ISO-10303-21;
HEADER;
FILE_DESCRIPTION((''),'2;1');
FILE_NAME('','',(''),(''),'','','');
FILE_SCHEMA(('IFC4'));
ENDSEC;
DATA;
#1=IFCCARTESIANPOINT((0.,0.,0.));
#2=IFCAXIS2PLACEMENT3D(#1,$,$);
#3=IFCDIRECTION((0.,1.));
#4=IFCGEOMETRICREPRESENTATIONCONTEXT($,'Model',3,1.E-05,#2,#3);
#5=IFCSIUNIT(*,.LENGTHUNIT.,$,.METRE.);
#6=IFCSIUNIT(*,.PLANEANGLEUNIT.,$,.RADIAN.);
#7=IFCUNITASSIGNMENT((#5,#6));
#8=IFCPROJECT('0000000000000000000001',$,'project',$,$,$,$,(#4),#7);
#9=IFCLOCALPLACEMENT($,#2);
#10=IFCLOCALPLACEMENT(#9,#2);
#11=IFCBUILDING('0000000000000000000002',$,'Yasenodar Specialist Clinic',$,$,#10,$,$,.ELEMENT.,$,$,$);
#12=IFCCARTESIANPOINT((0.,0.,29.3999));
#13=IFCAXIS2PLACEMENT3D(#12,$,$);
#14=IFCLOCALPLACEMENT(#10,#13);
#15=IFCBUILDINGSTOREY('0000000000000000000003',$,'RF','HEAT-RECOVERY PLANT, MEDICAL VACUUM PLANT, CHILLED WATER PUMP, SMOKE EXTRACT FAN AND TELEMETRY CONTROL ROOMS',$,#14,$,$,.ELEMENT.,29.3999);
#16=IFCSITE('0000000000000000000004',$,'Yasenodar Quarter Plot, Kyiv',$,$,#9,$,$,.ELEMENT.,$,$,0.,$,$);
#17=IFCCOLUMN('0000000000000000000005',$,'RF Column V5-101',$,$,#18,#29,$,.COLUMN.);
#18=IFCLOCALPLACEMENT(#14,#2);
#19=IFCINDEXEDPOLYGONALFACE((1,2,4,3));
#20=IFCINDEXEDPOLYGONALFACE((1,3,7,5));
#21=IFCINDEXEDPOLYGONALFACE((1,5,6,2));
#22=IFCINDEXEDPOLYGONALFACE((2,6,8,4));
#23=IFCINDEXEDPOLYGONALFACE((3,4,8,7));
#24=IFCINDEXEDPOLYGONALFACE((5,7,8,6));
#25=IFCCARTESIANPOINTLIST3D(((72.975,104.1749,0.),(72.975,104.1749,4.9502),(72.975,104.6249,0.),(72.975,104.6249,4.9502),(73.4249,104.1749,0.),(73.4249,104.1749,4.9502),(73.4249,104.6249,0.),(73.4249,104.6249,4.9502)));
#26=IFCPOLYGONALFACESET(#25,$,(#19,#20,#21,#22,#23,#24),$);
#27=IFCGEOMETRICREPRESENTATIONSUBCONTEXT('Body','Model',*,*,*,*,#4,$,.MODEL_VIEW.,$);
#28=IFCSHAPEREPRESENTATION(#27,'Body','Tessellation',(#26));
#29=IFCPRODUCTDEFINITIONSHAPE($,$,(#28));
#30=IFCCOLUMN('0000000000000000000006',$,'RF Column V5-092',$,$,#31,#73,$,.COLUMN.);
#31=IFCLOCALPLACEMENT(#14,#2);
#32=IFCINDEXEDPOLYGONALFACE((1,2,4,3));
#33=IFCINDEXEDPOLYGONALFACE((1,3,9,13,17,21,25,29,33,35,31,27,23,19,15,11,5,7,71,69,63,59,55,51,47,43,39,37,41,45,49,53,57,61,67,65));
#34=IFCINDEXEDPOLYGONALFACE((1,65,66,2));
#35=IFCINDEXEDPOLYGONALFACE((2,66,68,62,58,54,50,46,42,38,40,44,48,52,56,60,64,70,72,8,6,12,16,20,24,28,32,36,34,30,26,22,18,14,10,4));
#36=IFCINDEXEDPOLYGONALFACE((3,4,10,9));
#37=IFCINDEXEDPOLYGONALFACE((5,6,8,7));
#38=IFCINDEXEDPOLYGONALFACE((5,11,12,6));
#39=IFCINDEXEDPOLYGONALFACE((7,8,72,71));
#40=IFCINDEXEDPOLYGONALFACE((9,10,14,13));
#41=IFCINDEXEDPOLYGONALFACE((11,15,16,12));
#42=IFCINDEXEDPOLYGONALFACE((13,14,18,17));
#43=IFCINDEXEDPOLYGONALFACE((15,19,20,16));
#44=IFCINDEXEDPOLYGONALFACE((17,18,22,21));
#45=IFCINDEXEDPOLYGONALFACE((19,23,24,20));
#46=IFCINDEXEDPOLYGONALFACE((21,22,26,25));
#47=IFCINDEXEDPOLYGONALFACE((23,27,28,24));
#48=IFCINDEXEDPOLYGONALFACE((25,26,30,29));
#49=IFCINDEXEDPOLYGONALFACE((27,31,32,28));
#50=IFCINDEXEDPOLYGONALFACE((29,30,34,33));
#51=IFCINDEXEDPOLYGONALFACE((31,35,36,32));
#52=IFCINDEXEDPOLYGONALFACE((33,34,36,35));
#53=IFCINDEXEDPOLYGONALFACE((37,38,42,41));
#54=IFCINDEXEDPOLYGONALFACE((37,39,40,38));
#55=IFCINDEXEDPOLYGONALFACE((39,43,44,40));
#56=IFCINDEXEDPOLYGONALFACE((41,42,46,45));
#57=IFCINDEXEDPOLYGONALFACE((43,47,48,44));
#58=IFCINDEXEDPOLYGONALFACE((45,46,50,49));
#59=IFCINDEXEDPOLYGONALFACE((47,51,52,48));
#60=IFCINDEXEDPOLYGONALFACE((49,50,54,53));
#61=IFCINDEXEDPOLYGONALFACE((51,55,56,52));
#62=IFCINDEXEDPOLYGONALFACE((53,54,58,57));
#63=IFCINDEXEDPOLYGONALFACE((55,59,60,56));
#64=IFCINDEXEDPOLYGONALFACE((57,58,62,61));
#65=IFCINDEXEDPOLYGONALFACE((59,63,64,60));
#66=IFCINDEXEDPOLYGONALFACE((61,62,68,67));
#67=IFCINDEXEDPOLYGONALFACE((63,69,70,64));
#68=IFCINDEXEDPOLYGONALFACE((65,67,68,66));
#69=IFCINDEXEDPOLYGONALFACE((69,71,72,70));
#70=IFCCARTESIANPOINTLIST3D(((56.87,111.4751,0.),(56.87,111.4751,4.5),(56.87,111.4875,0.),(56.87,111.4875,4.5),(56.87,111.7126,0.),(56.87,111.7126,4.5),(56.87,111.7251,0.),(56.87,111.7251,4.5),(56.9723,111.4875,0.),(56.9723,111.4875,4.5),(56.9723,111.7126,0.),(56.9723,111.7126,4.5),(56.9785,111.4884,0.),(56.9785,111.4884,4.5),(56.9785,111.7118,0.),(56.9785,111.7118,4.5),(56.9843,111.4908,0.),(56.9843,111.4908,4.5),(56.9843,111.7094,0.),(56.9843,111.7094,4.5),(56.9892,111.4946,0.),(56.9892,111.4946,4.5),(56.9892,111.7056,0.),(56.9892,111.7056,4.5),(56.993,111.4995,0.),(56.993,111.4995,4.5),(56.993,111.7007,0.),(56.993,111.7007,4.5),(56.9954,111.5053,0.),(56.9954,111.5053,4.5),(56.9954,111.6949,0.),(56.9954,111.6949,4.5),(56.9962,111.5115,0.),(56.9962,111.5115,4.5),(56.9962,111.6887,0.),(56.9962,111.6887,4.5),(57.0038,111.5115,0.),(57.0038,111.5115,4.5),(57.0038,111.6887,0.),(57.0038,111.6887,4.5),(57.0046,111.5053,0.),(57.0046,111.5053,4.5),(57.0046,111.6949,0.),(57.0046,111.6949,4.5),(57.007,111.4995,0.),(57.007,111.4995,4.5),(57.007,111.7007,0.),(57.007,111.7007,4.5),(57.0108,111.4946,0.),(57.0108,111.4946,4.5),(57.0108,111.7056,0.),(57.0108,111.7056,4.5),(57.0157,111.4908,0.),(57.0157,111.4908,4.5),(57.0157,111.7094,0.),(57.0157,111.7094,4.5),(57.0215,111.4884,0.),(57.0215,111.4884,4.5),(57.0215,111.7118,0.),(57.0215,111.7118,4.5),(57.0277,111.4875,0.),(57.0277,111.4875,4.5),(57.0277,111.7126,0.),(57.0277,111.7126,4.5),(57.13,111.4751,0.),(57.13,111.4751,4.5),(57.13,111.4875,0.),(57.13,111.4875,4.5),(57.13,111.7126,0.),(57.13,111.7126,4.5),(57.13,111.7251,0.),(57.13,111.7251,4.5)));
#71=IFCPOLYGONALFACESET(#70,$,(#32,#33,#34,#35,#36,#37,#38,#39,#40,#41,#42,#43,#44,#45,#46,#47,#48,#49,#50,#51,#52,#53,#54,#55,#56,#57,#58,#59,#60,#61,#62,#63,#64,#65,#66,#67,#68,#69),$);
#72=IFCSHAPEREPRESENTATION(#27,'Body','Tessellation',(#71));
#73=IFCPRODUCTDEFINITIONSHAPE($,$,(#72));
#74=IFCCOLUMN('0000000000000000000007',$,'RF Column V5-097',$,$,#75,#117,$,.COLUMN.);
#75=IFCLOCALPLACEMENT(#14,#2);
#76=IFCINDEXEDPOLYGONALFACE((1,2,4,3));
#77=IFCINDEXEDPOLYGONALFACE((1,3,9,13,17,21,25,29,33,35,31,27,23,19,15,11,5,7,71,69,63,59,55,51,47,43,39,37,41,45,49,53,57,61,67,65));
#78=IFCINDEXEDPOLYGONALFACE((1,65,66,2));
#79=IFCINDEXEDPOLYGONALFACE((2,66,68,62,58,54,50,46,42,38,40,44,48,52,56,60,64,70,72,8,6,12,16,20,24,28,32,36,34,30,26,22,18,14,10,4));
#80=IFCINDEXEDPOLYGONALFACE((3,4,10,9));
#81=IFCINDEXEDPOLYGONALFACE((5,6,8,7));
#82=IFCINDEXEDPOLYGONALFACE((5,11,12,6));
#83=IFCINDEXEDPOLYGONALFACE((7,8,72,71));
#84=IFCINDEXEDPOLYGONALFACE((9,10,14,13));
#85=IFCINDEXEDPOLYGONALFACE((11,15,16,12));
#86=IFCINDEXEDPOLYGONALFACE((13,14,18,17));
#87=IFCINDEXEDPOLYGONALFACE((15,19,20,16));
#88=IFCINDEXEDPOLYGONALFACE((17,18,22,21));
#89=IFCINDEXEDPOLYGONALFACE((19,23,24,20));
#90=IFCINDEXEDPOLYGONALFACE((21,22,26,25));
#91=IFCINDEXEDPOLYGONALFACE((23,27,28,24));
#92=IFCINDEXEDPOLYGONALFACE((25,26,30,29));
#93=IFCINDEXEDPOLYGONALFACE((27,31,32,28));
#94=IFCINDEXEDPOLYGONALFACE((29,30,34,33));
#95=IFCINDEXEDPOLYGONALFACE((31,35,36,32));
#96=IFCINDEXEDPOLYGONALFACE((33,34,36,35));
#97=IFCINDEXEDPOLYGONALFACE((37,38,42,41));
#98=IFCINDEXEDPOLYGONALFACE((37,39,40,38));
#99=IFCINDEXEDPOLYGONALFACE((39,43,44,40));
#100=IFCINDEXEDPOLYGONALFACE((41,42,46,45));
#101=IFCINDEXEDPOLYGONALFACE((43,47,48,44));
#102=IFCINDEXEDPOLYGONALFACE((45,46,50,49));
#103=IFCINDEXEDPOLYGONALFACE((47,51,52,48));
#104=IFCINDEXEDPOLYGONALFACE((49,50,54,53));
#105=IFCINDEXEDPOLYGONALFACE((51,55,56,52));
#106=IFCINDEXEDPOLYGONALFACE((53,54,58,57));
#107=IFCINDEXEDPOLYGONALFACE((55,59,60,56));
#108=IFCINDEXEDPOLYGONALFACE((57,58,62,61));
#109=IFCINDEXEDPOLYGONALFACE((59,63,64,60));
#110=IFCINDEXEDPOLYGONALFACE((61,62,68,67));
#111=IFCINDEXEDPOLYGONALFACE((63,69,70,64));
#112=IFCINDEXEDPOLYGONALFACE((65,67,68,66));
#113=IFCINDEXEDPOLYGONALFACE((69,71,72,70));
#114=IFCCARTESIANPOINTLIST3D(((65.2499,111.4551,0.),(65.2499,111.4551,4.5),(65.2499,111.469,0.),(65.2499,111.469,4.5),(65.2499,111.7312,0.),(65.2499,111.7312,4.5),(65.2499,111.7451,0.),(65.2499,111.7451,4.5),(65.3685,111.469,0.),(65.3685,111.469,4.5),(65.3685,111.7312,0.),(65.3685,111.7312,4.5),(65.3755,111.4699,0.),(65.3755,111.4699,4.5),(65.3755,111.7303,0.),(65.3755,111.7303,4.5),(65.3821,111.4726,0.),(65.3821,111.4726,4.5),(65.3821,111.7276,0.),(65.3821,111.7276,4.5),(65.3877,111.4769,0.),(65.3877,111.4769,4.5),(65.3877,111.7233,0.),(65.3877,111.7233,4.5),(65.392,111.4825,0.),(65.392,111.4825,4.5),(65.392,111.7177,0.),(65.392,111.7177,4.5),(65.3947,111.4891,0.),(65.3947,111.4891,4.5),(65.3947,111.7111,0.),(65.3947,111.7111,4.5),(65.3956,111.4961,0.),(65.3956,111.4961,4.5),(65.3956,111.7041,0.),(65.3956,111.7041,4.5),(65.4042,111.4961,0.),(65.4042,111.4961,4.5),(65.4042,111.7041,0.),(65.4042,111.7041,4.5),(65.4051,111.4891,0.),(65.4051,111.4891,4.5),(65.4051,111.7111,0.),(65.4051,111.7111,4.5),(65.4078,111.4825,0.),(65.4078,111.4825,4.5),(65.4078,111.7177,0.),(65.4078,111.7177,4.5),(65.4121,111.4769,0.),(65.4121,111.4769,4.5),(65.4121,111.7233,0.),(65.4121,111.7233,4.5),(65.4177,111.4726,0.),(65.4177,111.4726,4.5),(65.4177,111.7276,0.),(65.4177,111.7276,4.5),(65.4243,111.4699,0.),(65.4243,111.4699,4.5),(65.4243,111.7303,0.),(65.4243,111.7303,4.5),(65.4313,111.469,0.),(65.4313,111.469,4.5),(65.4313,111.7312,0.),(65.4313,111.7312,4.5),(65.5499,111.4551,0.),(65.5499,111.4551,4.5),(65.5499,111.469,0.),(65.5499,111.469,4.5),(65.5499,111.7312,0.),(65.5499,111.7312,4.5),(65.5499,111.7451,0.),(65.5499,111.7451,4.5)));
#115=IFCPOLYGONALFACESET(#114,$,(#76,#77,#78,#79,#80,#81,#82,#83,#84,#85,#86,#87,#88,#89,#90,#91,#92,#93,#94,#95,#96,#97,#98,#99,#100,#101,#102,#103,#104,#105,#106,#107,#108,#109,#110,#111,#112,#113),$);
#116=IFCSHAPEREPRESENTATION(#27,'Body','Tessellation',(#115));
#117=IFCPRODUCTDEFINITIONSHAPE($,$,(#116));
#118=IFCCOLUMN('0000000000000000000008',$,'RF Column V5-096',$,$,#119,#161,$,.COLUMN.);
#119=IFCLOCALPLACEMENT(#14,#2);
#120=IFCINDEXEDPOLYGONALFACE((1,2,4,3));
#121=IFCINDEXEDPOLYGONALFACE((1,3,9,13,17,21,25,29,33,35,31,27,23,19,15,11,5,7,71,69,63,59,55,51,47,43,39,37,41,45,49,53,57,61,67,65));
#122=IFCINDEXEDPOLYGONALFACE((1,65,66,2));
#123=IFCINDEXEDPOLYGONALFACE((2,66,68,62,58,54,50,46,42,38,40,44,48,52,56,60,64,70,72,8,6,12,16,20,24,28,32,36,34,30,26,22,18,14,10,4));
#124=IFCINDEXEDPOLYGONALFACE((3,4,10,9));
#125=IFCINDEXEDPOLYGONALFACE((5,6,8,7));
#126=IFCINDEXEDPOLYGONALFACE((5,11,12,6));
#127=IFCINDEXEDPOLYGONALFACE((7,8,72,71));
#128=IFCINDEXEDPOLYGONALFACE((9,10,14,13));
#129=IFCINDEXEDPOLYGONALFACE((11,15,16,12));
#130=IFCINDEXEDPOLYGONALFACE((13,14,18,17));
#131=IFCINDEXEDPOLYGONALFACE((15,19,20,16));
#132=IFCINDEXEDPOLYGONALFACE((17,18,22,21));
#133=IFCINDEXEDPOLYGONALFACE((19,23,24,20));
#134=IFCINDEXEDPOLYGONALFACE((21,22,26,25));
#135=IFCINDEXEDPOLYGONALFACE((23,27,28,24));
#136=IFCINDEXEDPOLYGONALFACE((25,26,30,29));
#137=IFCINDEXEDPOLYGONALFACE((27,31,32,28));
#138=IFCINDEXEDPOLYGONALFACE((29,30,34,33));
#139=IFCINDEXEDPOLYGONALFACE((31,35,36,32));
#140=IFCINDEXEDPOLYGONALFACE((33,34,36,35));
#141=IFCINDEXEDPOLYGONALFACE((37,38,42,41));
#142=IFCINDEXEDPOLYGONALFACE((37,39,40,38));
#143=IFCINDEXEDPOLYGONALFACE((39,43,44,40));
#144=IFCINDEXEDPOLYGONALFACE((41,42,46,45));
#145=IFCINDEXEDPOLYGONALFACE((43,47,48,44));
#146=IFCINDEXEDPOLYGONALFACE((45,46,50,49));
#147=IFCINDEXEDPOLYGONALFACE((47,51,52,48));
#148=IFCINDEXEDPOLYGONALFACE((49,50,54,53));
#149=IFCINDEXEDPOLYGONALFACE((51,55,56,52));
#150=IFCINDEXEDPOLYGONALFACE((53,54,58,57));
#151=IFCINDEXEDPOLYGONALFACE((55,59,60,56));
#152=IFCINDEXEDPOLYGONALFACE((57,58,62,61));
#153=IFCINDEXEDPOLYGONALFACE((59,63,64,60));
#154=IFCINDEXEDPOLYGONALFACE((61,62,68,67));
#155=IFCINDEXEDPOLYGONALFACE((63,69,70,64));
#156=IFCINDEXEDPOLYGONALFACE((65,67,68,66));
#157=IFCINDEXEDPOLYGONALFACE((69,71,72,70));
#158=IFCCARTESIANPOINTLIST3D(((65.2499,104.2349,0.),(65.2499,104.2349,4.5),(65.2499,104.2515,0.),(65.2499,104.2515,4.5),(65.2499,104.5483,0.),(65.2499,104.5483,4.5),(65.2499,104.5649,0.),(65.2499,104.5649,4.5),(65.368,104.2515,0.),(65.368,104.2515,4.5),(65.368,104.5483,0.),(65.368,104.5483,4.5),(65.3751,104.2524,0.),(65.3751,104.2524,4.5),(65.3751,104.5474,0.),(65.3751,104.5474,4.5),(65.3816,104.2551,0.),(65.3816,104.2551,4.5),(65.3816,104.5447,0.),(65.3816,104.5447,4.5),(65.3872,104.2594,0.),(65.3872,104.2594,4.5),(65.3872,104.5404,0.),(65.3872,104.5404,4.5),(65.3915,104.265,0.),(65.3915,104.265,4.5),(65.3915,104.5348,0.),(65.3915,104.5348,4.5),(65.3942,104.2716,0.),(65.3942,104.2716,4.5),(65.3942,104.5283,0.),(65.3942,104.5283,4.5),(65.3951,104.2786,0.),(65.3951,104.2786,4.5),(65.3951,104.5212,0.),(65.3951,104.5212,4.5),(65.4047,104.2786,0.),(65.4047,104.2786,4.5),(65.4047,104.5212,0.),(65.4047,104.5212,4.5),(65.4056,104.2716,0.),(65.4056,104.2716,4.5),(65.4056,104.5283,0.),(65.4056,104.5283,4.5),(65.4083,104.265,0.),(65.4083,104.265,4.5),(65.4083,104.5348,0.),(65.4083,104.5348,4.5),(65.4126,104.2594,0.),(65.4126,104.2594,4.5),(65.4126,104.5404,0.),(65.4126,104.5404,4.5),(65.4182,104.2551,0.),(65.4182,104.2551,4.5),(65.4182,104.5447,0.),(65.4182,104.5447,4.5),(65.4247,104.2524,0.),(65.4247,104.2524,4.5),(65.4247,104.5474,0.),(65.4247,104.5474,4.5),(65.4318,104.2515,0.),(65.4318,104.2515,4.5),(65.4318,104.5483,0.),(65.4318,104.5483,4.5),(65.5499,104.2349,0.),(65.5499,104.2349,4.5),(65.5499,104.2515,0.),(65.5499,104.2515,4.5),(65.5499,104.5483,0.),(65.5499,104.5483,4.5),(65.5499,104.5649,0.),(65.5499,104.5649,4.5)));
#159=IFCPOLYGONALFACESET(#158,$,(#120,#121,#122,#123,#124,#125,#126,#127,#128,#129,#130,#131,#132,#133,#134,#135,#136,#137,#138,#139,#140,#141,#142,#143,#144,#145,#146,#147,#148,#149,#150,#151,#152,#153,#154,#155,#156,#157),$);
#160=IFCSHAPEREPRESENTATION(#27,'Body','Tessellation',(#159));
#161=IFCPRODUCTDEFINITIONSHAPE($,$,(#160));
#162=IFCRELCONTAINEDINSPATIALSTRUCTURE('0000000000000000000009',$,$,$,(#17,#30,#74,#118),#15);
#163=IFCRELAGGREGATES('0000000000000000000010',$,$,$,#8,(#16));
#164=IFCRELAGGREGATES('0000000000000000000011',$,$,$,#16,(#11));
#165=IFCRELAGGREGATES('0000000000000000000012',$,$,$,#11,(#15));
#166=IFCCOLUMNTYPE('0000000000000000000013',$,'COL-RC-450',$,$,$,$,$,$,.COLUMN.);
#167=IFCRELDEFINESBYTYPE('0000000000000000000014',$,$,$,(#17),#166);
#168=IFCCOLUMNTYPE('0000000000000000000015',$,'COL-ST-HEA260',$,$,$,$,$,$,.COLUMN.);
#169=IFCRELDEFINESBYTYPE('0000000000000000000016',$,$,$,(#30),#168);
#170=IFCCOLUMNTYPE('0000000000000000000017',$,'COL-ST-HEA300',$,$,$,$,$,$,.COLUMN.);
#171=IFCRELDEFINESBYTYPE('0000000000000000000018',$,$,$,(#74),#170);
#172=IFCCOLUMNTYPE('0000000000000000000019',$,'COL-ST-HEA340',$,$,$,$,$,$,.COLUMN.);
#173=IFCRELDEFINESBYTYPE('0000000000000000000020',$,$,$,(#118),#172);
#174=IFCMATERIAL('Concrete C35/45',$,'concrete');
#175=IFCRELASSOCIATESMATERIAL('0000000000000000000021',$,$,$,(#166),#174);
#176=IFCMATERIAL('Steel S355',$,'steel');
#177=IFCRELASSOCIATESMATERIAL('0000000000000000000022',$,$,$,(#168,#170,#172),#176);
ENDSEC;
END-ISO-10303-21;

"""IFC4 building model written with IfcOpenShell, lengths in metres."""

from ifc_helpers import new_model, si_unit, direction, frame, origin, origin_2d, place, context, subcontext, project, spatial, rectangle, i_section, extrude, material, material_profile, profile_set, type_object, element, save


model = new_model("IFC4")

# Units and contexts
model_context = context("Model", 3, precision=1e-05, world=origin(), true_north=direction((0.0, 1.0)))
body_context = subcontext(model_context, "Body", "Model", "MODEL_VIEW")
ifc_project = project(units=[si_unit("LENGTHUNIT", "METRE"), si_unit("PLANEANGLEUNIT", "RADIAN")], contexts=[model_context])

# Site, building, storey
site_placement = place(None, origin())
site = spatial("IfcSite", under=ifc_project, at=site_placement, Name="Yasenodar Quarter Plot, Kyiv", CompositionType="ELEMENT", RefElevation=0.0)
building_placement = place(site_placement, origin())
building = spatial("IfcBuilding", under=site, at=building_placement, Name="Yasenodar Specialist Clinic", CompositionType="ELEMENT")
storey_placement = place(building_placement, frame((0.0, 0.0, 29.3999)))
storey = spatial("IfcBuildingStorey", under=building, at=storey_placement, Name="RF", Description="HEAT-RECOVERY PLANT, MEDICAL VACUUM PLANT, CHILLED WATER PUMP, SMOKE EXTRACT FAN AND TELEMETRY CONTROL ROOMS", CompositionType="ELEMENT", Elevation=29.3999)

# Columns
ifc_material_1 = material(Name="Concrete C35/45", Category="concrete")
ifc_material_profile_1 = material_profile(ifc_material_1, rectangle(XDim=0.45, YDim=0.45, at=origin_2d()), Name="RC 450x450")
ifc_profile_set_1 = profile_set([ifc_material_profile_1], Name="Concrete C35/45")
column_type_1 = type_object("IfcColumnType", Name="COL-RC-450", PredefinedType="COLUMN", material=ifc_profile_set_1)
column_1_placement = place(storey_placement, frame((73.2, 104.3999, 0.0), z_axis=(0.0, 0.0, 1.0), x_axis=(1.0, 0.0, 0.0)))
element("IfcColumn", 1, at=column_1_placement, inside=storey, type_object=column_type_1, Name="RF Column V5-101", PredefinedType="COLUMN", context=body_context, shape_type="SweptSolid", body=[
    extrude(rectangle(XDim=0.45, YDim=0.45, at=origin_2d()), origin(), (0.0, 0.0, 1.0), 4.9502),
])
ifc_material_2 = material(Name="Steel S355", Category="steel")
ifc_material_profile_2 = material_profile(ifc_material_2, i_section(OverallWidth=0.26, OverallDepth=0.25, WebThickness=0.0076, FlangeThickness=0.0125, FilletRadius=0.0239, at=origin_2d()), Name="HEA 260")
ifc_profile_set_2 = profile_set([ifc_material_profile_2], Name="Steel S355")
column_type_2 = type_object("IfcColumnType", Name="COL-ST-HEA260", PredefinedType="COLUMN", material=ifc_profile_set_2)
column_2_placement = place(storey_placement, frame((57.0, 111.6001, 0.0), z_axis=(0.0, 0.0, 1.0), x_axis=(1.0, 0.0, 0.0)))
element("IfcColumn", 2, at=column_2_placement, inside=storey, type_object=column_type_2, Name="RF Column V5-092", PredefinedType="COLUMN", context=body_context, shape_type="SweptSolid", body=[
    extrude(i_section(OverallWidth=0.26, OverallDepth=0.25, WebThickness=0.0076, FlangeThickness=0.0125, FilletRadius=0.0239, at=origin_2d()), origin(), (0.0, 0.0, 1.0), 4.5),
])
ifc_material_profile_3 = material_profile(ifc_material_2, i_section(OverallWidth=0.3, OverallDepth=0.29, WebThickness=0.0085, FlangeThickness=0.0139, FilletRadius=0.0271, at=origin_2d()), Name="HEA 300")
ifc_profile_set_3 = profile_set([ifc_material_profile_3], Name="Steel S355")
column_type_3 = type_object("IfcColumnType", Name="COL-ST-HEA300", PredefinedType="COLUMN", material=ifc_profile_set_3)
column_3_placement = place(storey_placement, frame((65.3999, 111.6001, 0.0), z_axis=(0.0, 0.0, 1.0), x_axis=(1.0, 0.0, 0.0)))
element("IfcColumn", 3, at=column_3_placement, inside=storey, type_object=column_type_3, Name="RF Column V5-097", PredefinedType="COLUMN", context=body_context, shape_type="SweptSolid", body=[
    extrude(i_section(OverallWidth=0.3, OverallDepth=0.29, WebThickness=0.0085, FlangeThickness=0.0139, FilletRadius=0.0271, at=origin_2d()), origin(), (0.0, 0.0, 1.0), 4.5),
])
ifc_material_profile_4 = material_profile(ifc_material_2, i_section(OverallWidth=0.3, OverallDepth=0.3301, WebThickness=0.0095, FlangeThickness=0.0166, FilletRadius=0.0271, at=origin_2d()), Name="HEA 340")
ifc_profile_set_4 = profile_set([ifc_material_profile_4], Name="Steel S355")
column_type_4 = type_object("IfcColumnType", Name="COL-ST-HEA340", PredefinedType="COLUMN", material=ifc_profile_set_4)
for number, where, z_axis, x_axis, name in (
    (4, (65.3999, 104.3999, 0.0), (0.0, 0.0, 1.0), (1.0, 0.0, 0.0), "RF Column V5-096"),
):
    element("IfcColumn", number, at=place(storey_placement, frame(where, z_axis=z_axis, x_axis=x_axis)), inside=storey, type_object=column_type_4, Name=name, PredefinedType="COLUMN", context=body_context, shape_type="SweptSolid", body=[
        extrude(i_section(OverallWidth=0.3, OverallDepth=0.3301, WebThickness=0.0095, FlangeThickness=0.0166, FilletRadius=0.0271, at=origin_2d()), origin(), (0.0, 0.0, 1.0), 4.5),
    ])

save(model, "model.ifc")
